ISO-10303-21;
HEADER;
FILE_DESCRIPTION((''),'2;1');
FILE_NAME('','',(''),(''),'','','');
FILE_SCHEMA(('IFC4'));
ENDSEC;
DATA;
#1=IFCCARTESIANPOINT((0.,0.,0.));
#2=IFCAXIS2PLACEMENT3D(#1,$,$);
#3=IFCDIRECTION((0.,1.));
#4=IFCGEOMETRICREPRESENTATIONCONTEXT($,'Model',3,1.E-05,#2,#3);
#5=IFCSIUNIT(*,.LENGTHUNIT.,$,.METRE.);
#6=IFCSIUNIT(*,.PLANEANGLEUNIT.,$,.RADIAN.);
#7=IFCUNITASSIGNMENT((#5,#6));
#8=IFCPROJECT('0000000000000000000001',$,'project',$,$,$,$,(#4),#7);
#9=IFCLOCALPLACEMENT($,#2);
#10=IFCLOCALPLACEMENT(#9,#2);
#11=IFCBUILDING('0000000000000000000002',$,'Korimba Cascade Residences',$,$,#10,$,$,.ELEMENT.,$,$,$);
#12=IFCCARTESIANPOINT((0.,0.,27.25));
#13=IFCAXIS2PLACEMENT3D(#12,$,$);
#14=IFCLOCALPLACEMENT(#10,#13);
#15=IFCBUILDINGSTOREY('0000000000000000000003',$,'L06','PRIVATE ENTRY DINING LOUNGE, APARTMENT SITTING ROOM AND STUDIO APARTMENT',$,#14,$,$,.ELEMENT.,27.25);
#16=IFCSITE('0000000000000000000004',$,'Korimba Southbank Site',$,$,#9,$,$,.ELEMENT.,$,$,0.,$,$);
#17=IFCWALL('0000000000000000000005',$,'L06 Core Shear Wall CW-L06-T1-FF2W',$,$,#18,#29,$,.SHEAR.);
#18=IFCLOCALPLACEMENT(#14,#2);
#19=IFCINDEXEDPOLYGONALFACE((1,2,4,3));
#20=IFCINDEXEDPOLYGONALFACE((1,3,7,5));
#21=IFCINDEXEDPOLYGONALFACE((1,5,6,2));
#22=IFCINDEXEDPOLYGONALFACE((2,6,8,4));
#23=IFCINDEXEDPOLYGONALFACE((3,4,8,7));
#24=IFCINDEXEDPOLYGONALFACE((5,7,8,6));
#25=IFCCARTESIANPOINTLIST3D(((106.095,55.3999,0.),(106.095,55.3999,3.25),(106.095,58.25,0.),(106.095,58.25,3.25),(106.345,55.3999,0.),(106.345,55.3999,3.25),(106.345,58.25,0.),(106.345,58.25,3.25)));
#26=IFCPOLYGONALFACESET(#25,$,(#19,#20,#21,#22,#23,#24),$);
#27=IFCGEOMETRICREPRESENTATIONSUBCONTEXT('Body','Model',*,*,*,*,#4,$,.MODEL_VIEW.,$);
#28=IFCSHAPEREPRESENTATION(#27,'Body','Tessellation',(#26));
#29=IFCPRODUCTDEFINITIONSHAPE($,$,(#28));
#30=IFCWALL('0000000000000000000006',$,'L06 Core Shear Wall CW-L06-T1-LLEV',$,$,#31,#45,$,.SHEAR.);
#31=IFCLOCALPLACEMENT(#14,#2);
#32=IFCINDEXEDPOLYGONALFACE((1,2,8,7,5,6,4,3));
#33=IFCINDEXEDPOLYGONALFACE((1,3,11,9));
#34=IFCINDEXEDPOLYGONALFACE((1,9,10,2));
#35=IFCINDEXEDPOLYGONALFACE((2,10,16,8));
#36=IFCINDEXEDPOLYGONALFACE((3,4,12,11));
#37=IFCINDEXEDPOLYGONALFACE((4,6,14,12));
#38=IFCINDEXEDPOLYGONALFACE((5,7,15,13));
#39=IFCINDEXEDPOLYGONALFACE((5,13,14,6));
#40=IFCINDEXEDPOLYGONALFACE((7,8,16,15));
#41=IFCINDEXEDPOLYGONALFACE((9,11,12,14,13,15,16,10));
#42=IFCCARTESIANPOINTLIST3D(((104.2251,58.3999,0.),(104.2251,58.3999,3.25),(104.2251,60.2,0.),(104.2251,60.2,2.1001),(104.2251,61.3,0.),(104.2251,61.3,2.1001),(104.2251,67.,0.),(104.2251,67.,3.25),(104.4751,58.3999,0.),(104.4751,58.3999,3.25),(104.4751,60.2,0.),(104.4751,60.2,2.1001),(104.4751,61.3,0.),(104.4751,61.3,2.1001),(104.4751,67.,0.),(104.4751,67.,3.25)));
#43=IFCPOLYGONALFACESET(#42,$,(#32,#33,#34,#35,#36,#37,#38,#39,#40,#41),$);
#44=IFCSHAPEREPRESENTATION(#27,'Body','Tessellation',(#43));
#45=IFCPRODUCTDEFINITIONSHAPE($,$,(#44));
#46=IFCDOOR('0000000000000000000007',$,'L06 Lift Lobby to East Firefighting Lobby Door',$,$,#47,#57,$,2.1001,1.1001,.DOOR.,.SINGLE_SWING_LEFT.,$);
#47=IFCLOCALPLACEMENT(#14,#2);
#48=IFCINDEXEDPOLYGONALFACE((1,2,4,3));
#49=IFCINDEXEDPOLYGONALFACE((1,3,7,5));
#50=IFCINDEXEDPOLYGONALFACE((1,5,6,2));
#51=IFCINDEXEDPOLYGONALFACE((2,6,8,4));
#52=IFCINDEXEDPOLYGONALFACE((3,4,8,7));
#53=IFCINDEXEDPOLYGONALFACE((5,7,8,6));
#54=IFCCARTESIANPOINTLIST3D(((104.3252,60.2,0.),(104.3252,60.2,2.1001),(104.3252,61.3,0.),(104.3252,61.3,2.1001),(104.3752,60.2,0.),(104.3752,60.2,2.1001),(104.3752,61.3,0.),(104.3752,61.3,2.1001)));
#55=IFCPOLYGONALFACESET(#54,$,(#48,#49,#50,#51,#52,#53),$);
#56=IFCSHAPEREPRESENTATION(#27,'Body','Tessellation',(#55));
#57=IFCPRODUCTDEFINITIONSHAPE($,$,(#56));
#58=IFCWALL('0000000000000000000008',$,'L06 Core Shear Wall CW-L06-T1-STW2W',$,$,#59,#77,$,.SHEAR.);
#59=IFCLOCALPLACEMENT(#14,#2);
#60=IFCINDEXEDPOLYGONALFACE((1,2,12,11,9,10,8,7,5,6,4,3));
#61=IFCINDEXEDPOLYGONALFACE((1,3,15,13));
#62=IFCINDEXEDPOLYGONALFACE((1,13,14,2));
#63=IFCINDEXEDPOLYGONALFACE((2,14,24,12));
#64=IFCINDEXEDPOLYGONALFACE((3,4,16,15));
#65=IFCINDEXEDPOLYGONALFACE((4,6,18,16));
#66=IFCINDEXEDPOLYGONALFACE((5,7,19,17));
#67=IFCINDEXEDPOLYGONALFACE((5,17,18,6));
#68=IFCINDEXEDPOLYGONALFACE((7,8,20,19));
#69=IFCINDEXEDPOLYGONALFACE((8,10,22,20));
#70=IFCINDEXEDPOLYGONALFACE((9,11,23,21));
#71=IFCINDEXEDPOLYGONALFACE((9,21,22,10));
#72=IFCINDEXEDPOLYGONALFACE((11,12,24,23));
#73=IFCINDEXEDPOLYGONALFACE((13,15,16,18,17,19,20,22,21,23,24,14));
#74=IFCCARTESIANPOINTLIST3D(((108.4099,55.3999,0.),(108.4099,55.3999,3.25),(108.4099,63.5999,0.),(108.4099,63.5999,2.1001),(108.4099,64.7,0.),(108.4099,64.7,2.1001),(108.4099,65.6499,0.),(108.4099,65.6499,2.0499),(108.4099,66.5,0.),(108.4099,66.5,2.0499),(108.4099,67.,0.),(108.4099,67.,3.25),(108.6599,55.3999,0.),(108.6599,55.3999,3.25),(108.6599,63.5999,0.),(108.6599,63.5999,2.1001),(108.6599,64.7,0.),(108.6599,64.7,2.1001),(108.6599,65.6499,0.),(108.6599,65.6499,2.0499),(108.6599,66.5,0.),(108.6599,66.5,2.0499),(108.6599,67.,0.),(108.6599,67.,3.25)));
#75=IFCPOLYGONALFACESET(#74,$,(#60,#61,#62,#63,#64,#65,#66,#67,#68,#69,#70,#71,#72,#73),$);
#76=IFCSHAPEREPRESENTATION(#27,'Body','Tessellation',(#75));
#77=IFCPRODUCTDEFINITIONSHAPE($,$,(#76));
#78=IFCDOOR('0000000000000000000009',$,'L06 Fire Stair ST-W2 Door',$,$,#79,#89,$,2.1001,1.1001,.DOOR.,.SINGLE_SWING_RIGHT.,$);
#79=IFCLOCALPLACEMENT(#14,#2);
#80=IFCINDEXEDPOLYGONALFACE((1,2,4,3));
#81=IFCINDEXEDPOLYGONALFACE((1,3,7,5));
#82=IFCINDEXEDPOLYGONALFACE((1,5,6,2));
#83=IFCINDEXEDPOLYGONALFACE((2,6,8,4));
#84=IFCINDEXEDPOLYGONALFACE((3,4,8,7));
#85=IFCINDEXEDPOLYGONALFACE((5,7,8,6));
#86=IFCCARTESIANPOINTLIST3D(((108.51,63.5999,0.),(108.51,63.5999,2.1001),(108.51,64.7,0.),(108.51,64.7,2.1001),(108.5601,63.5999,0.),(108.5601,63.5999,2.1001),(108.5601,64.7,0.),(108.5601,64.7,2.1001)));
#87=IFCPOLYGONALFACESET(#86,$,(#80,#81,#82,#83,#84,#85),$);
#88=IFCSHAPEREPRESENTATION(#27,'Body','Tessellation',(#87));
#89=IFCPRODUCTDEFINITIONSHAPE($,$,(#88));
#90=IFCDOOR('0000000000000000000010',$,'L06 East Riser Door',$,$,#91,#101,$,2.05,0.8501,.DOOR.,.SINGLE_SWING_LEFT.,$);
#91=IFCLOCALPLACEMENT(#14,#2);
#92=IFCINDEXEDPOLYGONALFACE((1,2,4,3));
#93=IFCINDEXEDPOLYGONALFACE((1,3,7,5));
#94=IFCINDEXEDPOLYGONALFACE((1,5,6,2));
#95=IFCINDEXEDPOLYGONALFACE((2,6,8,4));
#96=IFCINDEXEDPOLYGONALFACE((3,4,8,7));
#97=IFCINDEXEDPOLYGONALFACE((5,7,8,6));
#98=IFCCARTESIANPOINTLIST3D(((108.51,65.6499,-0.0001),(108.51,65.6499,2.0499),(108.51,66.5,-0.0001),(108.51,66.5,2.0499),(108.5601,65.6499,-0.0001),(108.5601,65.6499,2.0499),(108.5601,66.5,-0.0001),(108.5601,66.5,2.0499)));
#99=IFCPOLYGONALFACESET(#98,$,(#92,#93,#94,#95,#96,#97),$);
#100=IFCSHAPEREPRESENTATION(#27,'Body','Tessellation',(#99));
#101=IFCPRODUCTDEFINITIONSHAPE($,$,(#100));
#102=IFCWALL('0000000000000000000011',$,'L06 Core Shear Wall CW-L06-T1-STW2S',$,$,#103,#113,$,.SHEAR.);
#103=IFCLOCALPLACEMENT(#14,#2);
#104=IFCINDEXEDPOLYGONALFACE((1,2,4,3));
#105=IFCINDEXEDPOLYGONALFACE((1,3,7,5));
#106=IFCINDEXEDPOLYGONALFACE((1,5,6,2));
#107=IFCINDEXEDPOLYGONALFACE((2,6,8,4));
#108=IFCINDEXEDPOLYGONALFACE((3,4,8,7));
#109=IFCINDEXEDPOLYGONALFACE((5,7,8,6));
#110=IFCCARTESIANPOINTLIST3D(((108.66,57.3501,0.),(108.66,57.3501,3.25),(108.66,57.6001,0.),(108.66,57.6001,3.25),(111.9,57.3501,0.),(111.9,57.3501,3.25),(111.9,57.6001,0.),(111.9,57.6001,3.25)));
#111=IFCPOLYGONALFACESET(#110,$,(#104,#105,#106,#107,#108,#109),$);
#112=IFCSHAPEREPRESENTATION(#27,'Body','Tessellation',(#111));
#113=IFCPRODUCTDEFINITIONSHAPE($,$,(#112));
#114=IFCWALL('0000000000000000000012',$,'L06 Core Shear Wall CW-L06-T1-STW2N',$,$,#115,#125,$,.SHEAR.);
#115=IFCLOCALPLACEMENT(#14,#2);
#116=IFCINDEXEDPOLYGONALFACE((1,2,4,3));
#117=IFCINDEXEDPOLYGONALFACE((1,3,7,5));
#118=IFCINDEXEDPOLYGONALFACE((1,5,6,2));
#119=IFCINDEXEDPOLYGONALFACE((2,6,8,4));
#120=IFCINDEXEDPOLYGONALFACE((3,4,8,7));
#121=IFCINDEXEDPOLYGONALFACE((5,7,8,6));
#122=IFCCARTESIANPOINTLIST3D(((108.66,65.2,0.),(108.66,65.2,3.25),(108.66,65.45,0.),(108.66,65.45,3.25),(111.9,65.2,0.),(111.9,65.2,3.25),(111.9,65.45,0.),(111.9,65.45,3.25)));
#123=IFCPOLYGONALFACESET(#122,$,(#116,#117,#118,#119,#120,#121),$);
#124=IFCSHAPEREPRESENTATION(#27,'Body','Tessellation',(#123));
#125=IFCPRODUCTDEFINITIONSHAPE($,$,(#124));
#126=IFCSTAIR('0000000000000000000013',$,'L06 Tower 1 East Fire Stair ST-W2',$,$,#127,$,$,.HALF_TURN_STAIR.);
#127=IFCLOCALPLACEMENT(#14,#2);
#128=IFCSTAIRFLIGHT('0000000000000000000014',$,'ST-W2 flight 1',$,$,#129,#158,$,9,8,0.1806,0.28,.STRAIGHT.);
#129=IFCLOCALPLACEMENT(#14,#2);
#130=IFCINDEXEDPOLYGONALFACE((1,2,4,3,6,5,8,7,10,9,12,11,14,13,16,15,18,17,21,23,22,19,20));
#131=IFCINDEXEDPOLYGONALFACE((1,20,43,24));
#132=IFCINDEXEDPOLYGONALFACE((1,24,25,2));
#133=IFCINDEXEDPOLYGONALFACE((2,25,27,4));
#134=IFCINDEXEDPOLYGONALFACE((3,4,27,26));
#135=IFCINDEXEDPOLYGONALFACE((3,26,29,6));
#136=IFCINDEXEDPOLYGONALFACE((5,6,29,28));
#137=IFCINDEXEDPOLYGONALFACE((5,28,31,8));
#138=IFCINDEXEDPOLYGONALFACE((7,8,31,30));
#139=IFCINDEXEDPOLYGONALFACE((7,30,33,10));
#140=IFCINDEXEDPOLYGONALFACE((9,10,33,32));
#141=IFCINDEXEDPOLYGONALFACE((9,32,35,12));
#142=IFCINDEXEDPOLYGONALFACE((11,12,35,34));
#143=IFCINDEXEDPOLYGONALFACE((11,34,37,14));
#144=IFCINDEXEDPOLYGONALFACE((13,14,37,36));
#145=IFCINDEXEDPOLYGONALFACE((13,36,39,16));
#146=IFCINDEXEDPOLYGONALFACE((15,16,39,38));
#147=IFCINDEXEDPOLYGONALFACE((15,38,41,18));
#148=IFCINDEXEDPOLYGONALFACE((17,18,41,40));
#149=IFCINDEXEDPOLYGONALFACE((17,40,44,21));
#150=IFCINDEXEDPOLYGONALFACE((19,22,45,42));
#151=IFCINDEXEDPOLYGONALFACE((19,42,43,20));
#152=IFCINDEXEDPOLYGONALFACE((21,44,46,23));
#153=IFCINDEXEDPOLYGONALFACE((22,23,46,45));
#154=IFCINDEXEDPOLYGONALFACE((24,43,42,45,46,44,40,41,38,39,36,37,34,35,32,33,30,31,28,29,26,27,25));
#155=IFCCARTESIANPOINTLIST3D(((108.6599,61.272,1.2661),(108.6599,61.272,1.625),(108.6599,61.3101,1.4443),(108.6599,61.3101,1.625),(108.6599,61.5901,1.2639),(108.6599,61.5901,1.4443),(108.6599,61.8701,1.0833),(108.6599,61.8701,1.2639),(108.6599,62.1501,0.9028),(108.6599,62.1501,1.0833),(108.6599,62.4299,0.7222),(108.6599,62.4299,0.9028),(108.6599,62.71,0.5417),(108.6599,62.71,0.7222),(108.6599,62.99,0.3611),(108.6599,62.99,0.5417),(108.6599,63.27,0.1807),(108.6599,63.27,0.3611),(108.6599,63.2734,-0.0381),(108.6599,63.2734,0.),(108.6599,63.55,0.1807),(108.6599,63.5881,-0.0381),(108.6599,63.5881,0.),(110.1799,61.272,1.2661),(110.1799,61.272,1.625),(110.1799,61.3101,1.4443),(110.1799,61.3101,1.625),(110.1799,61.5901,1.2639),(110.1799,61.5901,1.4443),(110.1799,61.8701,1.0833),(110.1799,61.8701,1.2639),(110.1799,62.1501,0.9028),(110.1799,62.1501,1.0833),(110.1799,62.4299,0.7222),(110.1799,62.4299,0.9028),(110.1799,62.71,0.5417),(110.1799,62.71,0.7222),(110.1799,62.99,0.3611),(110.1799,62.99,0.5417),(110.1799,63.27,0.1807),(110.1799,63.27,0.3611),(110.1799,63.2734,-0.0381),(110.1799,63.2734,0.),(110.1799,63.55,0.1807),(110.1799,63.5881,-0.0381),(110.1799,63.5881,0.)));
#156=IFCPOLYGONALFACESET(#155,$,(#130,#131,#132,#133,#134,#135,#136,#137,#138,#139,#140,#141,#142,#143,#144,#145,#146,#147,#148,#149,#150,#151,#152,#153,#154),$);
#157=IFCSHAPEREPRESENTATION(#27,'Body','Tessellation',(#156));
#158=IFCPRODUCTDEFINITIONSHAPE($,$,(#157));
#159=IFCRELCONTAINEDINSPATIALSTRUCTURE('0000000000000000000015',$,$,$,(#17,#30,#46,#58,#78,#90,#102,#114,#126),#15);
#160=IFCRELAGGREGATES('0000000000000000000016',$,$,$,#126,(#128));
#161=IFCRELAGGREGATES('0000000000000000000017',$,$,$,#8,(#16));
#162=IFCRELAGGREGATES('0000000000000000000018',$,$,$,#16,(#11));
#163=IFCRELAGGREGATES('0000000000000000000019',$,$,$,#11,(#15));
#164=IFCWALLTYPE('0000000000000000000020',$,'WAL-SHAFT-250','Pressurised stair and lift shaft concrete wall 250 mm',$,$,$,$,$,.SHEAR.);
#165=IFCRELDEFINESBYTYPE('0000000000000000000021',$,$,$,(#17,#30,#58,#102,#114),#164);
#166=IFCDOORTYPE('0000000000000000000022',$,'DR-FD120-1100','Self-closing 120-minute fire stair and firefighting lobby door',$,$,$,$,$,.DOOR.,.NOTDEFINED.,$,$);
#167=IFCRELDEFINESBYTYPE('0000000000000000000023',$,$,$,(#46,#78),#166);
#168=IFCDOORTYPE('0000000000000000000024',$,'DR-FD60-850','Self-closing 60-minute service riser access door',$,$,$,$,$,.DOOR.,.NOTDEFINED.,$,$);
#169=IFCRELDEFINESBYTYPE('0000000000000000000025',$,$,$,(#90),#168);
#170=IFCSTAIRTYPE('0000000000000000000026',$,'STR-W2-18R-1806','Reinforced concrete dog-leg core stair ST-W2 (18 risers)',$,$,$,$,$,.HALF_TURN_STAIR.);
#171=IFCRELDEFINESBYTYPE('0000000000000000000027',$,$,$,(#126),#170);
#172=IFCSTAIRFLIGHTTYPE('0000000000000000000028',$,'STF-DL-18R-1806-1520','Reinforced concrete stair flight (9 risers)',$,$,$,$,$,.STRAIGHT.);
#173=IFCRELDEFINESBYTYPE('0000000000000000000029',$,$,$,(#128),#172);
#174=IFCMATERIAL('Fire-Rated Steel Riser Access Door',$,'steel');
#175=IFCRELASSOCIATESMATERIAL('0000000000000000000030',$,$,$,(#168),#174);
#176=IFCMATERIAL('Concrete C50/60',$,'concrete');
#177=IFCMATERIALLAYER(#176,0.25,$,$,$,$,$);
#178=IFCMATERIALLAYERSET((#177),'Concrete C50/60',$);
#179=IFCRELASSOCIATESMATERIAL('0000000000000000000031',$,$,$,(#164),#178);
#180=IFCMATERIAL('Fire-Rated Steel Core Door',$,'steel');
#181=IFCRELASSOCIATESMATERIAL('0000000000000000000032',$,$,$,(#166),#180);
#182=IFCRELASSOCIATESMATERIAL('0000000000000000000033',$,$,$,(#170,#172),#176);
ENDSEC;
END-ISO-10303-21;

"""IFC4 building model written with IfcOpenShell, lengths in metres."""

from ifc_helpers import new_model, si_unit, direction, frame, frame_2d, origin, place, context, subcontext, project, spatial, polyline, rectangle, outline, extrude, material, layer, layer_set, type_object, element, fill, aggregate, save


model = new_model("IFC4")

# Units and contexts
model_context = context("Model", 3, precision=1e-05, world=origin(), true_north=direction((0.0, 1.0)))
body_context = subcontext(model_context, "Body", "Model", "MODEL_VIEW")
ifc_project = project(units=[si_unit("LENGTHUNIT", "METRE"), si_unit("PLANEANGLEUNIT", "RADIAN")], contexts=[model_context])

# Site, building, storey
site_placement = place(None, origin())
site = spatial("IfcSite", under=ifc_project, at=site_placement, Name="Korimba Southbank Site", CompositionType="ELEMENT", RefElevation=0.0)
building_placement = place(site_placement, origin())
building = spatial("IfcBuilding", under=site, at=building_placement, Name="Korimba Cascade Residences", CompositionType="ELEMENT")
storey_placement = place(building_placement, frame((0.0, 0.0, 27.25)))
storey = spatial("IfcBuildingStorey", under=building, at=storey_placement, Name="L06", Description="PRIVATE ENTRY DINING LOUNGE, APARTMENT SITTING ROOM AND STUDIO APARTMENT", CompositionType="ELEMENT", Elevation=27.25)

# Shared definitions
ifc_material_1 = material(Name="Concrete C50/60", Category="concrete")

# Shared definitions
ifc_material_2 = material(Name="Fire-Rated Steel Riser Access Door", Category="steel")
door_type_1 = type_object("IfcDoorType", Name="DR-FD60-850", Description="Self-closing 60-minute service riser access door", OperationType="NOTDEFINED", PredefinedType="DOOR", material=ifc_material_2)

# Wall
ifc_layer_1 = layer(ifc_material_1, 0.25)
ifc_layer_set_1 = layer_set([ifc_layer_1], Name="Concrete C50/60")
wall_type_1 = type_object("IfcWallType", Name="WAL-SHAFT-250", Description="Pressurised stair and lift shaft concrete wall 250 mm", PredefinedType="SHEAR", material=ifc_layer_set_1)
wall_1_placement = place(storey_placement, frame((106.22, 55.3999, 0.0), z_axis=(0.0, 0.0, 1.0), x_axis=(0.0, 1.0, 0.0)))
element("IfcWall", 1, at=wall_1_placement, inside=storey, type_object=wall_type_1, Name="L06 Core Shear Wall CW-L06-T1-FF2W", PredefinedType="SHEAR", context=body_context, shape_type="SweptSolid", body=[
    extrude(rectangle(XDim=2.8501, YDim=0.25, at=frame_2d((1.425, 0.0))), origin(), (0.0, 0.0, 1.0), 3.25),
])

# Wall, opening, door
wall_2_placement = place(storey_placement, frame((104.3501, 58.3999, 0.0), z_axis=(0.0, 0.0, 1.0), x_axis=(0.0, 1.0, 0.0)))
wall_2 = element("IfcWall", 2, at=wall_2_placement, inside=storey, type_object=wall_type_1, Name="L06 Core Shear Wall CW-L06-T1-LLEV", PredefinedType="SHEAR", context=body_context, shape_type="SweptSolid", body=[
    extrude(rectangle(XDim=8.6001, YDim=0.25, at=frame_2d((4.3, 0.0))), origin(), (0.0, 0.0, 1.0), 3.25),
])
opening_1_placement = place(wall_2_placement, frame((1.8, 0.0, 0.0)))
opening_1 = element("IfcOpeningElement", 3, at=opening_1_placement, cuts=wall_2, PredefinedType="OPENING", context=body_context, shape_type="SweptSolid", body=[
    extrude(rectangle(XDim=1.1001, YDim=2.1001, at=frame_2d((0.55, 1.05))), frame((0.0, 0.135, 0.0), z_axis=(0.0, -1.0, 0.0), x_axis=(1.0, 0.0, 0.0)), (0.0, 0.0, 1.0), 0.27),
])
ifc_material_3 = material(Name="Fire-Rated Steel Core Door", Category="steel")
door_type_2 = type_object("IfcDoorType", Name="DR-FD120-1100", Description="Self-closing 120-minute fire stair and firefighting lobby door", OperationType="NOTDEFINED", PredefinedType="DOOR", material=ifc_material_3)
door_1_placement = place(opening_1_placement, origin())
door_1 = element("IfcDoor", 4, at=door_1_placement, inside=storey, type_object=door_type_2, Name="L06 Lift Lobby to East Firefighting Lobby Door", OperationType="SINGLE_SWING_LEFT", OverallHeight=2.1001, OverallWidth=1.1001, PredefinedType="DOOR", context=body_context, shape_type="SweptSolid", body=[
    extrude(rectangle(XDim=1.1001, YDim=2.1001, at=frame_2d((0.55, 1.05))), frame((0.0, 0.0249, 0.0), z_axis=(0.0, -1.0, 0.0), x_axis=(1.0, 0.0, 0.0)), (0.0, 0.0, 1.0), 0.05),
])
fill(opening_1, door_1)

# Wall, openings, doors
wall_3_placement = place(storey_placement, frame((108.5349, 55.3999, 0.0), z_axis=(0.0, 0.0, 1.0), x_axis=(0.0, 1.0, 0.0)))
wall_3 = element("IfcWall", 5, at=wall_3_placement, inside=storey, type_object=wall_type_1, Name="L06 Core Shear Wall CW-L06-T1-STW2W", PredefinedType="SHEAR", context=body_context, shape_type="SweptSolid", body=[
    extrude(rectangle(XDim=11.6001, YDim=0.25, at=frame_2d((5.8, 0.0))), origin(), (0.0, 0.0, 1.0), 3.25),
])
opening_2_placement = place(wall_3_placement, frame((8.2, 0.0, 0.0)))
opening_2 = element("IfcOpeningElement", 6, at=opening_2_placement, cuts=wall_3, PredefinedType="OPENING", context=body_context, shape_type="SweptSolid", body=[
    extrude(rectangle(XDim=1.1001, YDim=2.1001, at=frame_2d((0.55, 1.05))), frame((0.0, 0.135, 0.0), z_axis=(0.0, -1.0, 0.0), x_axis=(1.0, 0.0, 0.0)), (0.0, 0.0, 1.0), 0.27),
])
opening_3_placement = place(wall_3_placement, frame((10.25, 0.0, 0.0)))
opening_3 = element("IfcOpeningElement", 7, at=opening_3_placement, cuts=wall_3, PredefinedType="OPENING", context=body_context, shape_type="SweptSolid", body=[
    extrude(rectangle(XDim=0.8501, YDim=2.05, at=frame_2d((0.425, 1.0249))), frame((0.0, 0.135, 0.0), z_axis=(0.0, -1.0, 0.0), x_axis=(1.0, 0.0, 0.0)), (0.0, 0.0, 1.0), 0.27),
])
door_2_placement = place(opening_2_placement, origin())
door_2 = element("IfcDoor", 8, at=door_2_placement, inside=storey, type_object=door_type_2, Name="L06 Fire Stair ST-W2 Door", OperationType="SINGLE_SWING_RIGHT", OverallHeight=2.1001, OverallWidth=1.1001, PredefinedType="DOOR", context=body_context, shape_type="SweptSolid", body=[
    extrude(rectangle(XDim=1.1001, YDim=2.1001, at=frame_2d((0.55, 1.05))), frame((0.0, 0.0249, 0.0), z_axis=(0.0, -1.0, 0.0), x_axis=(1.0, 0.0, 0.0)), (0.0, 0.0, 1.0), 0.05),
])
fill(opening_2, door_2)
door_3_placement = place(opening_3_placement, origin())
door_3 = element("IfcDoor", 9, at=door_3_placement, inside=storey, type_object=door_type_1, Name="L06 East Riser Door", OperationType="SINGLE_SWING_LEFT", OverallHeight=2.05, OverallWidth=0.8501, PredefinedType="DOOR", context=body_context, shape_type="SweptSolid", body=[
    extrude(rectangle(XDim=0.8501, YDim=2.05, at=frame_2d((0.425, 1.0249))), frame((0.0, 0.0249, 0.0), z_axis=(0.0, -1.0, 0.0), x_axis=(1.0, 0.0, 0.0)), (0.0, 0.0, 1.0), 0.05),
])
fill(opening_3, door_3)

# Walls
for number, where, z_axis, x_axis, name in (
    (10, (108.6599, 57.4751, 0.0), (0.0, 0.0, 1.0), (1.0, 0.0, 0.0), "L06 Core Shear Wall CW-L06-T1-STW2S"),
    (11, (108.6599, 65.325, 0.0), (0.0, 0.0, 1.0), (1.0, 0.0, 0.0), "L06 Core Shear Wall CW-L06-T1-STW2N"),
):
    element("IfcWall", number, at=place(storey_placement, frame(where, z_axis=z_axis, x_axis=x_axis)), inside=storey, type_object=wall_type_1, Name=name, PredefinedType="SHEAR", context=body_context, shape_type="SweptSolid", body=[
        extrude(rectangle(XDim=3.24, YDim=0.25, at=frame_2d((1.6201, 0.0))), origin(), (0.0, 0.0, 1.0), 3.25),
    ])

# Stair, stair flight
stair_type = type_object("IfcStairType", Name="STR-W2-18R-1806", Description="Reinforced concrete dog-leg core stair ST-W2 (18 risers)", PredefinedType="HALF_TURN_STAIR", material=ifc_material_1)
stair_placement = place(storey_placement, origin())
stair = element("IfcStair", 12, at=stair_placement, inside=storey, type_object=stair_type, Name="L06 Tower 1 East Fire Stair ST-W2", PredefinedType="HALF_TURN_STAIR")
stair_flight_type = type_object("IfcStairFlightType", Name="STF-DL-18R-1806-1520", Description="Reinforced concrete stair flight (9 risers)", PredefinedType="STRAIGHT", material=ifc_material_1)
stair_flight_1_placement = place(storey_placement, frame((109.4199, 63.55, 0.0), z_axis=(0.0, 0.0, 1.0), x_axis=(0.0, -1.0, 0.0)))
stair_flight_1 = element("IfcStairFlight", 13, at=stair_flight_1_placement, type_object=stair_flight_type, Name="ST-W2 flight 1", NumberOfRisers=9, NumberOfTreads=8, PredefinedType="STRAIGHT", RiserHeight=0.1806, TreadLength=0.28, context=body_context, shape_type="SweptSolid", body=[
    extrude(outline(polyline([(-0.0381, 0.0), (0.0, 0.1807), (0.28, 0.1807), (0.28, 0.3611), (0.5601, 0.3611), (0.5601, 0.5417), (0.8401, 0.5417), (0.8401, 0.7222), (1.1201, 0.7222), (1.1201, 0.9028), (1.3999, 0.9028), (1.3999, 1.0833), (1.6799, 1.0833), (1.6799, 1.2639), (1.96, 1.2639), (1.96, 1.4443), (2.24, 1.4443), (2.24, 1.625), (2.2781, 1.625), (2.2781, 1.2661), (0.2766, 0.0), (0.2766, -0.0381), (-0.0381, -0.0381), (-0.0381, 0.0)])), frame((0.0, 0.76, 0.0), z_axis=(0.0, -1.0, 0.0), x_axis=(1.0, 0.0, 0.0)), (0.0, 0.0, 1.0), 1.52),
])
aggregate(stair, [stair_flight_1])

save(model, "model.ifc")
